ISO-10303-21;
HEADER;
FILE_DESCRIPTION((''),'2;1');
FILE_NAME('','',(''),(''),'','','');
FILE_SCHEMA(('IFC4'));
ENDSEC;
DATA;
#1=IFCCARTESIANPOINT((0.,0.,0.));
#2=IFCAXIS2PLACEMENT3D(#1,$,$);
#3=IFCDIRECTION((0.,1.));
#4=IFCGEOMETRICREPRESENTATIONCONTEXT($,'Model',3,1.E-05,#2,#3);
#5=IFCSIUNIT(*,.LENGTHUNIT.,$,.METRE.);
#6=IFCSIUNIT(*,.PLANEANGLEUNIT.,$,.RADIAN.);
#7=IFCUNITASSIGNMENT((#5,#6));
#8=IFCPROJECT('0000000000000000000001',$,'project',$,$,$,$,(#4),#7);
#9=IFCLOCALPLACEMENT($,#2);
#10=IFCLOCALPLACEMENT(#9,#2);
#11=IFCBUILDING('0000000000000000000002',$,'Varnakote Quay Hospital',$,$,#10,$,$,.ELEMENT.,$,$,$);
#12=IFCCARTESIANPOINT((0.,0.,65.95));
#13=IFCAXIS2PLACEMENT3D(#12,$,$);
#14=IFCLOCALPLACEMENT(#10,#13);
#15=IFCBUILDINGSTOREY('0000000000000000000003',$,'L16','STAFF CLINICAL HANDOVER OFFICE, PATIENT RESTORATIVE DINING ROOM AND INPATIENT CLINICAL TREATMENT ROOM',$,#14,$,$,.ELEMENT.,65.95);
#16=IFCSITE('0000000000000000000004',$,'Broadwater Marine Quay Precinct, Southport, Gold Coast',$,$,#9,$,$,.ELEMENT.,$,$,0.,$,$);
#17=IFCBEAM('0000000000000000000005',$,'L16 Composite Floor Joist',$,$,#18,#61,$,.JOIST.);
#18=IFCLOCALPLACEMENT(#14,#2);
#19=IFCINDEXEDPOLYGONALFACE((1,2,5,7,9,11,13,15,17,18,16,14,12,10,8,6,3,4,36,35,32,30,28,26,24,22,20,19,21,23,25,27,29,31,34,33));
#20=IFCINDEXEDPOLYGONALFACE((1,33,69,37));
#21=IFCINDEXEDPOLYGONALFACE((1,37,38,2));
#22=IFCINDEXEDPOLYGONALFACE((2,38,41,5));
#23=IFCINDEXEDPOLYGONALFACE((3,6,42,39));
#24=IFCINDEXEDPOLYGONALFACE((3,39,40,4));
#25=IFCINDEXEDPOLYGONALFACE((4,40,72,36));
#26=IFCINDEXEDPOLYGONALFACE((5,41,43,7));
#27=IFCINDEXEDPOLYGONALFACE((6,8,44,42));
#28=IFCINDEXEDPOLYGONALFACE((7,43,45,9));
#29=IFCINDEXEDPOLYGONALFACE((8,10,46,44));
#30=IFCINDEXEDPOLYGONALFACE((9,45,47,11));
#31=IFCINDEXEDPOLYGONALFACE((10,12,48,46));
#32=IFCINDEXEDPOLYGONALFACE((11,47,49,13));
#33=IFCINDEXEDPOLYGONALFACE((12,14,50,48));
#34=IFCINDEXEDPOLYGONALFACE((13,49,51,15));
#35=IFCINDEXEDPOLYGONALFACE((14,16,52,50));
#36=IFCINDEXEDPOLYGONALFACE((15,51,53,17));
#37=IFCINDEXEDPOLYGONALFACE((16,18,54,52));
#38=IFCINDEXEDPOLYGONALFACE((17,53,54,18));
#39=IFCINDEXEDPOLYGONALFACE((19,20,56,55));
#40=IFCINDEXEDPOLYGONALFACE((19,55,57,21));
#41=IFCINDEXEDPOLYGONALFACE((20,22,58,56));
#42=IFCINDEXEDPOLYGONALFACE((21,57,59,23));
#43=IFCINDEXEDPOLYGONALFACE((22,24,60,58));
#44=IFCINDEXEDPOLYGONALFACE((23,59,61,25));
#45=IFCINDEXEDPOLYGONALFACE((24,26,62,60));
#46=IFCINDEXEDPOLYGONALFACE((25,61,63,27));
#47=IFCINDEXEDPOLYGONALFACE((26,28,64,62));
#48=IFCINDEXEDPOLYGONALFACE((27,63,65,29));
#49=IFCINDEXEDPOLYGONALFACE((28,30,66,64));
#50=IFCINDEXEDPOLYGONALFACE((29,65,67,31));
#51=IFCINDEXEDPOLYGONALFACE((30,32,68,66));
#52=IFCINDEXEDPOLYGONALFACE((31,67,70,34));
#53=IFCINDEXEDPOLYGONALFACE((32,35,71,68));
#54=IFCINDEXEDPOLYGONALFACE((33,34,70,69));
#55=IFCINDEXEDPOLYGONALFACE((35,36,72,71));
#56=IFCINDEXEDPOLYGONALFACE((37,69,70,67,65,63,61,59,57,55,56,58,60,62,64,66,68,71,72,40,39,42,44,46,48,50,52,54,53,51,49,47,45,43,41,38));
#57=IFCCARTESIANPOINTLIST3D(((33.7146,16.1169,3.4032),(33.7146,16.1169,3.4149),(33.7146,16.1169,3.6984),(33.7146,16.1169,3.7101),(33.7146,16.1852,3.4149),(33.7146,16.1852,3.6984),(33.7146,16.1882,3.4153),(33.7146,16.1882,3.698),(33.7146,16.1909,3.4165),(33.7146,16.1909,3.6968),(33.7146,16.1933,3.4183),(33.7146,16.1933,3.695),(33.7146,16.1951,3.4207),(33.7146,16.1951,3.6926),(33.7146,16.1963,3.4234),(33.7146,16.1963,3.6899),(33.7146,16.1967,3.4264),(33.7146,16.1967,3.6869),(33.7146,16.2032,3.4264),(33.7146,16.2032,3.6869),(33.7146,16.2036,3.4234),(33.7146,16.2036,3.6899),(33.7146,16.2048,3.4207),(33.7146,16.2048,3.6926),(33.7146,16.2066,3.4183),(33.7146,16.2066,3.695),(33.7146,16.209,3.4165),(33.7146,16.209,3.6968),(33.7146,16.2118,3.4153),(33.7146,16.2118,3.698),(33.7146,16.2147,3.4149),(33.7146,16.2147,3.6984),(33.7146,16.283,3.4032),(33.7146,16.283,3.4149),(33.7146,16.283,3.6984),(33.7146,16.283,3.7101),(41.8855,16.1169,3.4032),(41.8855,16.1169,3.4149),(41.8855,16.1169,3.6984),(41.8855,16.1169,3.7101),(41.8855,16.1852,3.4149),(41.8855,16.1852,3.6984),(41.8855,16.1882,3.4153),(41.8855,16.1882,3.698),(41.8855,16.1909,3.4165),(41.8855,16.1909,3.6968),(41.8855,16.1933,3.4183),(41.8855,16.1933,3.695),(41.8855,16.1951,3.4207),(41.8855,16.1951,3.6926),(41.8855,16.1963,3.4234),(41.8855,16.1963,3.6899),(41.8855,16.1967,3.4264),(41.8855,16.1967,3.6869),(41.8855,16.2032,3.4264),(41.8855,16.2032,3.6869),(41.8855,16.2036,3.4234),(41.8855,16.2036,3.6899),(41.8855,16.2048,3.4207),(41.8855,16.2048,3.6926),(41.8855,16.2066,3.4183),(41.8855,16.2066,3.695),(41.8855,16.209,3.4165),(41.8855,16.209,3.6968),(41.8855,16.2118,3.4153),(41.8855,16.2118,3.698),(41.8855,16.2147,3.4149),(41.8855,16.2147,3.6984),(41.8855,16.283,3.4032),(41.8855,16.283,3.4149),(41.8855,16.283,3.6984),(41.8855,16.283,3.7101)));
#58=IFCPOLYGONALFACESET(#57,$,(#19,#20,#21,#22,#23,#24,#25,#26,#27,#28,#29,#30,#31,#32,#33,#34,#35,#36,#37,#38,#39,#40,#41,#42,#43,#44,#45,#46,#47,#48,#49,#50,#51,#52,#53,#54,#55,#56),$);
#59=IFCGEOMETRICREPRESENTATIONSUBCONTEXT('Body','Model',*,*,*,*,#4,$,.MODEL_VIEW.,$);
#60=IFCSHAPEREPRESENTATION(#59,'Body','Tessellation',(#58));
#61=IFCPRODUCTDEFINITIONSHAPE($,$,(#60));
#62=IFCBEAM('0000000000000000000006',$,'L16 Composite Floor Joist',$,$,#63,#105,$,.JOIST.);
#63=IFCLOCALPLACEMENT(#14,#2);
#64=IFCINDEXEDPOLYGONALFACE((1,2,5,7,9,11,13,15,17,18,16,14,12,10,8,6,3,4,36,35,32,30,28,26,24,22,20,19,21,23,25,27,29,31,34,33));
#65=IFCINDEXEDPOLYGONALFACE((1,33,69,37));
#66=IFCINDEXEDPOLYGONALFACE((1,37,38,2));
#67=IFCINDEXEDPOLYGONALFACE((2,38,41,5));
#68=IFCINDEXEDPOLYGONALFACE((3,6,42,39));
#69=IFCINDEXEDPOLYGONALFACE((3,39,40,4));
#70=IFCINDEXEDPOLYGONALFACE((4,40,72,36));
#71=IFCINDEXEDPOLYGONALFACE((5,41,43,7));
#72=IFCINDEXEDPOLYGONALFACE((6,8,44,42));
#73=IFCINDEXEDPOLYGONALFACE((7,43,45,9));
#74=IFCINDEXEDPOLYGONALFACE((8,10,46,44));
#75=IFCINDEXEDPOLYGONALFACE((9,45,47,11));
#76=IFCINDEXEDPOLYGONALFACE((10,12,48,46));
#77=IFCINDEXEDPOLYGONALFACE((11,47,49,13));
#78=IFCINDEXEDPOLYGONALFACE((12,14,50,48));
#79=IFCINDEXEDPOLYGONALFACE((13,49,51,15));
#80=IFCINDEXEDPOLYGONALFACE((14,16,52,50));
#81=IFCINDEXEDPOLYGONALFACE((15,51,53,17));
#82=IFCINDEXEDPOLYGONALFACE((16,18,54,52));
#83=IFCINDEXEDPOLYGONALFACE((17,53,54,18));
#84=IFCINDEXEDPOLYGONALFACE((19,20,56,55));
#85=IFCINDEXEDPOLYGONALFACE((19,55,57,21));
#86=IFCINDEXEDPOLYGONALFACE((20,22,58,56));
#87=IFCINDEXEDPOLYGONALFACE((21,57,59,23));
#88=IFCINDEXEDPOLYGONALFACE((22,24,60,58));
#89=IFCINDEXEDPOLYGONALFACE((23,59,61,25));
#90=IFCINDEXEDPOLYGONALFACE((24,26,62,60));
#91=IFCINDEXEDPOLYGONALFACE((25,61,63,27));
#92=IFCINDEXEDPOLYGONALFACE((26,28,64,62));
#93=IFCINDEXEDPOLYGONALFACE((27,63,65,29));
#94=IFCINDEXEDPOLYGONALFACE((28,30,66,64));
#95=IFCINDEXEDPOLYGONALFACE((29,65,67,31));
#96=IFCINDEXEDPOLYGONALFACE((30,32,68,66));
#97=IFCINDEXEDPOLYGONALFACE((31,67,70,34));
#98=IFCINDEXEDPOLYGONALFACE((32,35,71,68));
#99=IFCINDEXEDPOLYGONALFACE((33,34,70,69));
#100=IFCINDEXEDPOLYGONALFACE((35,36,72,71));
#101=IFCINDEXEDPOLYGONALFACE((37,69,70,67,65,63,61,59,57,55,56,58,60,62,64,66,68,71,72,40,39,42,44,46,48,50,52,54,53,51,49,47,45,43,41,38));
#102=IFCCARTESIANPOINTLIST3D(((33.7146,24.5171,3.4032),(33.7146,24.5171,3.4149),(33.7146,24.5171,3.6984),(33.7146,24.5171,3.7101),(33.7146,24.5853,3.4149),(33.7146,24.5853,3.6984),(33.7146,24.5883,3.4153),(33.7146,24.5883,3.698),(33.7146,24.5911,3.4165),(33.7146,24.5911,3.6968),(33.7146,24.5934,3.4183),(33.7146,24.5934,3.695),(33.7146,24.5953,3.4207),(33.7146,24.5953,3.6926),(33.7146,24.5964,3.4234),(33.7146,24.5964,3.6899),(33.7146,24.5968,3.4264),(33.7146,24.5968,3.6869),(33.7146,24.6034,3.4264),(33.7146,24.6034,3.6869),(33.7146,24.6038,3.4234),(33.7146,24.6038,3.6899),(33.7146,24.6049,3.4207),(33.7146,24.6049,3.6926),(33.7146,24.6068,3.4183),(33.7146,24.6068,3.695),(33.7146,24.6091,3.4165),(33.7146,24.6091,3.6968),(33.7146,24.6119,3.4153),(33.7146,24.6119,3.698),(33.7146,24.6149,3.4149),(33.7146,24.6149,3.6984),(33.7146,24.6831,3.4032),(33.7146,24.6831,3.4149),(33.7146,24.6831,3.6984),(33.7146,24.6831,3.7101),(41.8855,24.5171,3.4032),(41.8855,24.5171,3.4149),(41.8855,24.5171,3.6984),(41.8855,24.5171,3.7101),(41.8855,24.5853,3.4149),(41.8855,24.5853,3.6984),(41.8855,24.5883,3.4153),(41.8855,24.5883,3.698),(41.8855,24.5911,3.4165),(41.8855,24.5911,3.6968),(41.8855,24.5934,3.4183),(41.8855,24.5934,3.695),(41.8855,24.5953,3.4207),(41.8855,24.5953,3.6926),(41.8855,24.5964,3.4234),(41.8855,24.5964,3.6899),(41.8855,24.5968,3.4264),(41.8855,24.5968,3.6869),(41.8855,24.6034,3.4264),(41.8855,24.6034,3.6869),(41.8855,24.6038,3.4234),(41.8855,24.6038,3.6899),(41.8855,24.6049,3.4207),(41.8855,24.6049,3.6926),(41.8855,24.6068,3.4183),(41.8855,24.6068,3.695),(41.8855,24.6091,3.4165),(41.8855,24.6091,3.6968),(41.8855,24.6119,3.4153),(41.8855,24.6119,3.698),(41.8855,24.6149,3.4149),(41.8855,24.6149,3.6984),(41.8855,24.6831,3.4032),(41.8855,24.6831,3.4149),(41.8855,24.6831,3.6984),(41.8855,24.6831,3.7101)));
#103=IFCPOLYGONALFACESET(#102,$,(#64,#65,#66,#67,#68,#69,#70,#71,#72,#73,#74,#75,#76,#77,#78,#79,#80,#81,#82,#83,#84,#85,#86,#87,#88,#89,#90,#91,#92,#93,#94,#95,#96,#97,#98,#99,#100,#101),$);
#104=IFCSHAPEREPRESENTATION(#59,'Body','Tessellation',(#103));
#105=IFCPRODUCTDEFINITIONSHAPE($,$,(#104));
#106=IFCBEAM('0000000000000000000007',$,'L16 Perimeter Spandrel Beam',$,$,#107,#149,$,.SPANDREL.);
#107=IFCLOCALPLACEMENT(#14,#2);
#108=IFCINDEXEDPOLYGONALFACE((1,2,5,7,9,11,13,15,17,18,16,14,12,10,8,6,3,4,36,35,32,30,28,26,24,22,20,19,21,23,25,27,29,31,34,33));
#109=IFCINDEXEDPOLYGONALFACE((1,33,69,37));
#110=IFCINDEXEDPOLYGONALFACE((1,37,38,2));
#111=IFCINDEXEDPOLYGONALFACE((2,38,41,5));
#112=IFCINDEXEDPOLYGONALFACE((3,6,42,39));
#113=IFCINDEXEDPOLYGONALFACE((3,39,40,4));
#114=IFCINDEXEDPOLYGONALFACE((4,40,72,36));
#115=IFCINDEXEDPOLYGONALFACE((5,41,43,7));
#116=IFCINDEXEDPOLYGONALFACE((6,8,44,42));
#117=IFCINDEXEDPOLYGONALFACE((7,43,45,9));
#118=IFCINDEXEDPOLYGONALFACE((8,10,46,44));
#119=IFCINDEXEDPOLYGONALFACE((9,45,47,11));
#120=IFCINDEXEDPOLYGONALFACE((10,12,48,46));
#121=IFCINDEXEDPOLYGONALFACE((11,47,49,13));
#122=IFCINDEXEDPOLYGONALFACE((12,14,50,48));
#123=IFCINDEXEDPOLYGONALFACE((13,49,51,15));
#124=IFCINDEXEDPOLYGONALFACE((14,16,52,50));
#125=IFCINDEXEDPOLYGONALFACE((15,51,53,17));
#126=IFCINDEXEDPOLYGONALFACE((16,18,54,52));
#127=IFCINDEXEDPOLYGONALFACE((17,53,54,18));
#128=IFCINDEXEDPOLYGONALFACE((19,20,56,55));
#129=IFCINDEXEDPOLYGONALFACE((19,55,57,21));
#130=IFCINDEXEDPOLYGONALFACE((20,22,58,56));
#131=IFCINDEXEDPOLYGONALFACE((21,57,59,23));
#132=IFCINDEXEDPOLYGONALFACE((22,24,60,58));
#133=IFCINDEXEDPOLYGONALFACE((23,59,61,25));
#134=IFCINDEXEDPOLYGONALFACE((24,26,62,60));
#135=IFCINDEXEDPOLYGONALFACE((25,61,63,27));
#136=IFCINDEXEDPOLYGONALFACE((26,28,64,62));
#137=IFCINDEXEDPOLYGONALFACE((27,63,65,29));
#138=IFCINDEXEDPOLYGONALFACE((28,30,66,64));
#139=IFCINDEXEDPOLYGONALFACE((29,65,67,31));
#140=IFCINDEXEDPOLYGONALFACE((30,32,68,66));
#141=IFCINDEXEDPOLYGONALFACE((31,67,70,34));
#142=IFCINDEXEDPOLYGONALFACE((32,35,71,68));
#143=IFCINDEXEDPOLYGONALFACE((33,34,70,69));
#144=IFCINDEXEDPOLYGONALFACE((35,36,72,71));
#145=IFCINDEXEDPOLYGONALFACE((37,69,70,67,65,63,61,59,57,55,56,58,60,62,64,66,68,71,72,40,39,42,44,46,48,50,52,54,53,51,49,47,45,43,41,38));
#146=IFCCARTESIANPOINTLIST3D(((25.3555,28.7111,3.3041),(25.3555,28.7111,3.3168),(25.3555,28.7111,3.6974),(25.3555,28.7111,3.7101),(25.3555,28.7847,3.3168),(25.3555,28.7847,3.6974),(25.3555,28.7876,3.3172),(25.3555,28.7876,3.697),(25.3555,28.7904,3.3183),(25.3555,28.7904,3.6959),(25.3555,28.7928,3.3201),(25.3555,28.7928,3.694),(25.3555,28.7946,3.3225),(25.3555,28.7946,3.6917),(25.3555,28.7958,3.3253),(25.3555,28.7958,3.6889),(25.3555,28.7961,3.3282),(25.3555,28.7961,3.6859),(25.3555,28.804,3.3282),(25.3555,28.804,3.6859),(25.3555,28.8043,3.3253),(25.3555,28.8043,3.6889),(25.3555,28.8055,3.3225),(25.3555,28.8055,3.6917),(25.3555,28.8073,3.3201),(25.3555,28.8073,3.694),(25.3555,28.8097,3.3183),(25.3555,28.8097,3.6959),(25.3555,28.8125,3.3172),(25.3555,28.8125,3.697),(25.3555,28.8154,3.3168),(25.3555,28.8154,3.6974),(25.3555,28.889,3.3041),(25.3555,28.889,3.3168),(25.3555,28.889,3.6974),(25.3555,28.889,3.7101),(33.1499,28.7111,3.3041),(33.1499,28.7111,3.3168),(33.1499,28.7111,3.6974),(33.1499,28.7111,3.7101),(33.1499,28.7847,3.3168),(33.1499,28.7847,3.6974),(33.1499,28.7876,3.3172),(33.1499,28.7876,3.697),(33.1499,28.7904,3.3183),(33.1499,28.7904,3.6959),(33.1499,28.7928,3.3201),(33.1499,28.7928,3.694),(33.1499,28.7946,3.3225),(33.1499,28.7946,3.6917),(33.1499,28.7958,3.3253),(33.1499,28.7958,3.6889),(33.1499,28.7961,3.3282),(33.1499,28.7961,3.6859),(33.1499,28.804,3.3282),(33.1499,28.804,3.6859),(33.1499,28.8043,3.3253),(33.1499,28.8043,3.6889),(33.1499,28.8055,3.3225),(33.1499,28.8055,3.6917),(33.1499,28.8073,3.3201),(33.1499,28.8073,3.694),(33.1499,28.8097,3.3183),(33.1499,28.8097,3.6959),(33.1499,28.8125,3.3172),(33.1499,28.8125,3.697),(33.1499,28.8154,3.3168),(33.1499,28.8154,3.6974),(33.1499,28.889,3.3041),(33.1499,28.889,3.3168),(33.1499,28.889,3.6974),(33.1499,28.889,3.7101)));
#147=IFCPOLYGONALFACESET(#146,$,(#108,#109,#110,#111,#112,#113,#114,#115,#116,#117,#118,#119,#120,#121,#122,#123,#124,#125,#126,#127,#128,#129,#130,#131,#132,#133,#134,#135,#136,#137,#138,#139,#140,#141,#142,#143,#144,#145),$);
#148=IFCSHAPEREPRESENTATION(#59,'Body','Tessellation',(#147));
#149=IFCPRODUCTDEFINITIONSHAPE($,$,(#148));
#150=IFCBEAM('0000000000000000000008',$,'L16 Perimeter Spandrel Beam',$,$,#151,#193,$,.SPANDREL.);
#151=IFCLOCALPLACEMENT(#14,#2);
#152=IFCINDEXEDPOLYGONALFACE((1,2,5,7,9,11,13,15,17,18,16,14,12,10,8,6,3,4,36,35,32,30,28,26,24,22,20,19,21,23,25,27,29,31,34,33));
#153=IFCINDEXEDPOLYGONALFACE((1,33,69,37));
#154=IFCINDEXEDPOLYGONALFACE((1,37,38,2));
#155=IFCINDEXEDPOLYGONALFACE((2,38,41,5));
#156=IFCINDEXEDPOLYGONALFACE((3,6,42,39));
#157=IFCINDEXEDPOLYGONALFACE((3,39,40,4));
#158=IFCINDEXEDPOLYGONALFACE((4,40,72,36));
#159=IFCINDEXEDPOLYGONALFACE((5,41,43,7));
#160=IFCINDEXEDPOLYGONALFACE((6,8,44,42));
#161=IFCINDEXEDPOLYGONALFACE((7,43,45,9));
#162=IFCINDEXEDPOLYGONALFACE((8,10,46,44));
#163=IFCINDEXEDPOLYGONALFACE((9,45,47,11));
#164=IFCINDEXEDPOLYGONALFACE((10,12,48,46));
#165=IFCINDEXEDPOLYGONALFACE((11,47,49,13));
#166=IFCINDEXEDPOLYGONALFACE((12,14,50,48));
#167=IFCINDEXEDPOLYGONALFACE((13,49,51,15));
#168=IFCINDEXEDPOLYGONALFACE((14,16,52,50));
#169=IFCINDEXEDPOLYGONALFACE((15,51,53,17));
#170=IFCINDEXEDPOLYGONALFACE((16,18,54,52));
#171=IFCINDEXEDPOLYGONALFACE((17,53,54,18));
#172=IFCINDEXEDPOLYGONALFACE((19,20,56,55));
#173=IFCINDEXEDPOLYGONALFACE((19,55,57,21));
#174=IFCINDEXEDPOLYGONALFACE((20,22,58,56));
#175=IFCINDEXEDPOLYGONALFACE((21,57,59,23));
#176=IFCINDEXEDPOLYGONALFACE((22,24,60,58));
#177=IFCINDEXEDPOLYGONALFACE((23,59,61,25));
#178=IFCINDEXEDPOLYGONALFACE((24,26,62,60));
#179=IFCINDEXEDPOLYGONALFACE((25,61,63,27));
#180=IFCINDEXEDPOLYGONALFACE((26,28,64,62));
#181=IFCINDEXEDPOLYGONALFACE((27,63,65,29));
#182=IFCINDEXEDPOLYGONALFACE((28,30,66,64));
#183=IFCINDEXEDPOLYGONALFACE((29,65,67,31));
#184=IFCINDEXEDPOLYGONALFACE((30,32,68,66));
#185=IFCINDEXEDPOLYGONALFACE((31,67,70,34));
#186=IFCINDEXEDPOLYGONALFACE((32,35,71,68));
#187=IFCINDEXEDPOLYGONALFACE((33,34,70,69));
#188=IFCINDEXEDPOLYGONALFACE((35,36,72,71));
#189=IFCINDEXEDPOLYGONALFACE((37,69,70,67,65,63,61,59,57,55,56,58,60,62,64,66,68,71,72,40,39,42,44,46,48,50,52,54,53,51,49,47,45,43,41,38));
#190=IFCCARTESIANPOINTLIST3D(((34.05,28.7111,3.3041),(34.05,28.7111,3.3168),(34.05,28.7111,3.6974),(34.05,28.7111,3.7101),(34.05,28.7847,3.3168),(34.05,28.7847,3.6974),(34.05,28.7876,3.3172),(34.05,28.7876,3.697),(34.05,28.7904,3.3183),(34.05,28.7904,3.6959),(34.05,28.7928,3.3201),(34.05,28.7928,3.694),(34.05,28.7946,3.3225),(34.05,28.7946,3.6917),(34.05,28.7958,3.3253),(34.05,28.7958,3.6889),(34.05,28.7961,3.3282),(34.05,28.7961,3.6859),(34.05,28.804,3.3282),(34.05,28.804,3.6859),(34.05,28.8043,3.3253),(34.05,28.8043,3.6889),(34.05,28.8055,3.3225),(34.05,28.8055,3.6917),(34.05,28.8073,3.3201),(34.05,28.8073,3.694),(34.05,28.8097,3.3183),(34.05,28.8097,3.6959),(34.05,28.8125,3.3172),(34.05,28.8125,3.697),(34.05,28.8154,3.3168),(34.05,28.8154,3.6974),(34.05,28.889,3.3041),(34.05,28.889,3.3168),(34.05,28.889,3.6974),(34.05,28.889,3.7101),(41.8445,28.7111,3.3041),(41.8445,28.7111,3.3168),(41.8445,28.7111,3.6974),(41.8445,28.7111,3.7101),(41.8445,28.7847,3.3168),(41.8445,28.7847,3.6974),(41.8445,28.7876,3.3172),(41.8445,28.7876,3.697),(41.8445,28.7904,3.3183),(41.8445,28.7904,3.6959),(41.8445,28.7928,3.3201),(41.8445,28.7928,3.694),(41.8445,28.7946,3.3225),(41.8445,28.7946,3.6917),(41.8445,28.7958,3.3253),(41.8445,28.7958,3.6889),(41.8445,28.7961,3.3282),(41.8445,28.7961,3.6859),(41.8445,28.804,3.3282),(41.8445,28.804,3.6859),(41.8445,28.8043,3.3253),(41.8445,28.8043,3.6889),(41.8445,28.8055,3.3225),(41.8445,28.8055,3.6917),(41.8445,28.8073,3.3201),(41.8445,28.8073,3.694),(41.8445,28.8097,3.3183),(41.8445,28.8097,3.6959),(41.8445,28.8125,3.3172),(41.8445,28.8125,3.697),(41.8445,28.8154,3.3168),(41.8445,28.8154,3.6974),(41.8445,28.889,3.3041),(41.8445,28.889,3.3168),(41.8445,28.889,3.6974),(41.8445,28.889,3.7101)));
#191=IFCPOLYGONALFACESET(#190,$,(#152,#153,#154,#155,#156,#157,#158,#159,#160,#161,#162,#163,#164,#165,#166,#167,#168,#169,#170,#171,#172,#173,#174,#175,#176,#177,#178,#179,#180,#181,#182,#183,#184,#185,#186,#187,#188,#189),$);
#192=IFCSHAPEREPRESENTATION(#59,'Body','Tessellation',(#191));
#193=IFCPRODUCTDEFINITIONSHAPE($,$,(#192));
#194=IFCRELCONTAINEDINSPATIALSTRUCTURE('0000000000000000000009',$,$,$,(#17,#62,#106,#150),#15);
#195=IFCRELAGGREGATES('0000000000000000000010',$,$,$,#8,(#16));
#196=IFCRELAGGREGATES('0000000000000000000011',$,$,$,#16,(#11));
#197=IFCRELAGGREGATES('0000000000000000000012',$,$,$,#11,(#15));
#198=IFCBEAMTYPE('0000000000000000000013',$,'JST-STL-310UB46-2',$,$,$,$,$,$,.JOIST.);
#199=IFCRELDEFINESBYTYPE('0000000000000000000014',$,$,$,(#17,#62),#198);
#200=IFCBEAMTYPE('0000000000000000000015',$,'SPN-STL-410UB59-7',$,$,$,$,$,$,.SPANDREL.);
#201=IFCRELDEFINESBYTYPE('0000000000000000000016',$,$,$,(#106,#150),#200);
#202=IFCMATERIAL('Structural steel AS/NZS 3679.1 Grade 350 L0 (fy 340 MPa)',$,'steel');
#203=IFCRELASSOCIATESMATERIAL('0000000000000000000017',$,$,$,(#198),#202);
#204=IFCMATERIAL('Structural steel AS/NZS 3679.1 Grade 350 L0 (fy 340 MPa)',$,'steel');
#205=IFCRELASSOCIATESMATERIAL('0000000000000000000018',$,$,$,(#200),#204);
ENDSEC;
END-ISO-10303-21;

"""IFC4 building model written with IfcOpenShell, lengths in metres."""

from ifc_helpers import new_model, si_unit, direction, frame, origin, origin_2d, place, context, subcontext, project, spatial, i_section, extrude, material, material_profile, profile_set, type_object, element, save


model = new_model("IFC4")

# Units and contexts
model_context = context("Model", 3, precision=1e-05, world=origin(), true_north=direction((0.0, 1.0)))
body_context = subcontext(model_context, "Body", "Model", "MODEL_VIEW")
ifc_project = project(units=[si_unit("LENGTHUNIT", "METRE"), si_unit("PLANEANGLEUNIT", "RADIAN")], contexts=[model_context])

# Site, building, storey
site_placement = place(None, origin())
site = spatial("IfcSite", under=ifc_project, at=site_placement, Name="Broadwater Marine Quay Precinct, Southport, Gold Coast", CompositionType="ELEMENT", RefElevation=0.0)
building_placement = place(site_placement, origin())
building = spatial("IfcBuilding", under=site, at=building_placement, Name="Varnakote Quay Hospital", CompositionType="ELEMENT")
storey_placement = place(building_placement, frame((0.0, 0.0, 65.95)))
storey = spatial("IfcBuildingStorey", under=building, at=storey_placement, Name="L16", Description="STAFF CLINICAL HANDOVER OFFICE, PATIENT RESTORATIVE DINING ROOM AND INPATIENT CLINICAL TREATMENT ROOM", CompositionType="ELEMENT", Elevation=65.95)

# Beams
ifc_material_1 = material(Name="Structural steel AS/NZS 3679.1 Grade 350 L0 (fy 340 MPa)", Category="steel")
ifc_material_profile_1 = material_profile(ifc_material_1, i_section(OverallWidth=0.166, OverallDepth=0.3069, WebThickness=0.0066, FlangeThickness=0.0117, FilletRadius=0.0115, at=origin_2d()), Name="310UB46.2")
ifc_profile_set_1 = profile_set([ifc_material_profile_1], Name="Structural steel AS/NZS 3679.1 Grade 350 L0 (fy 340 MPa)")
beam_type_1 = type_object("IfcBeamType", Name="JST-STL-310UB46-2", PredefinedType="JOIST", material=ifc_profile_set_1)
for number, where, z_axis, x_axis, name in (
    (1, (33.7146, 16.2, 3.5566), (1.0, 0.0, 0.0), (0.0, 1.0, 0.0), "L16 Composite Floor Joist"),
    (2, (33.7146, 24.6001, 3.5566), (1.0, 0.0, 0.0), (0.0, 1.0, 0.0), "L16 Composite Floor Joist"),
):
    element("IfcBeam", number, at=place(storey_placement, frame(where, z_axis=z_axis, x_axis=x_axis)), inside=storey, type_object=beam_type_1, Name=name, PredefinedType="JOIST", context=body_context, shape_type="SweptSolid", body=[
        extrude(i_section(OverallWidth=0.166, OverallDepth=0.3069, WebThickness=0.0066, FlangeThickness=0.0117, FilletRadius=0.0115, at=origin_2d()), origin(), (0.0, 0.0, 1.0), 8.1709),
    ])
ifc_material_2 = material(Name="Structural steel AS/NZS 3679.1 Grade 350 L0 (fy 340 MPa)", Category="steel")
ifc_material_profile_2 = material_profile(ifc_material_2, i_section(OverallWidth=0.178, OverallDepth=0.406, WebThickness=0.0078, FlangeThickness=0.0127, FilletRadius=0.0115, at=origin_2d()), Name="410UB59.7")
ifc_profile_set_2 = profile_set([ifc_material_profile_2], Name="Structural steel AS/NZS 3679.1 Grade 350 L0 (fy 340 MPa)")
beam_type_2 = type_object("IfcBeamType", Name="SPN-STL-410UB59-7", PredefinedType="SPANDREL", material=ifc_profile_set_2)
for number, where, z_axis, x_axis, name in (
    (3, (25.3555, 28.8, 3.5071), (1.0, 0.0, 0.0), (0.0, 1.0, 0.0), "L16 Perimeter Spandrel Beam"),
    (4, (34.05, 28.8, 3.5071), (1.0, 0.0, 0.0), (0.0, 1.0, 0.0), "L16 Perimeter Spandrel Beam"),
):
    element("IfcBeam", number, at=place(storey_placement, frame(where, z_axis=z_axis, x_axis=x_axis)), inside=storey, type_object=beam_type_2, Name=name, PredefinedType="SPANDREL", context=body_context, shape_type="SweptSolid", body=[
        extrude(i_section(OverallWidth=0.178, OverallDepth=0.406, WebThickness=0.0078, FlangeThickness=0.0127, FilletRadius=0.0115, at=origin_2d()), origin(), (0.0, 0.0, 1.0), 7.7944),
    ])

save(model, "model.ifc")
